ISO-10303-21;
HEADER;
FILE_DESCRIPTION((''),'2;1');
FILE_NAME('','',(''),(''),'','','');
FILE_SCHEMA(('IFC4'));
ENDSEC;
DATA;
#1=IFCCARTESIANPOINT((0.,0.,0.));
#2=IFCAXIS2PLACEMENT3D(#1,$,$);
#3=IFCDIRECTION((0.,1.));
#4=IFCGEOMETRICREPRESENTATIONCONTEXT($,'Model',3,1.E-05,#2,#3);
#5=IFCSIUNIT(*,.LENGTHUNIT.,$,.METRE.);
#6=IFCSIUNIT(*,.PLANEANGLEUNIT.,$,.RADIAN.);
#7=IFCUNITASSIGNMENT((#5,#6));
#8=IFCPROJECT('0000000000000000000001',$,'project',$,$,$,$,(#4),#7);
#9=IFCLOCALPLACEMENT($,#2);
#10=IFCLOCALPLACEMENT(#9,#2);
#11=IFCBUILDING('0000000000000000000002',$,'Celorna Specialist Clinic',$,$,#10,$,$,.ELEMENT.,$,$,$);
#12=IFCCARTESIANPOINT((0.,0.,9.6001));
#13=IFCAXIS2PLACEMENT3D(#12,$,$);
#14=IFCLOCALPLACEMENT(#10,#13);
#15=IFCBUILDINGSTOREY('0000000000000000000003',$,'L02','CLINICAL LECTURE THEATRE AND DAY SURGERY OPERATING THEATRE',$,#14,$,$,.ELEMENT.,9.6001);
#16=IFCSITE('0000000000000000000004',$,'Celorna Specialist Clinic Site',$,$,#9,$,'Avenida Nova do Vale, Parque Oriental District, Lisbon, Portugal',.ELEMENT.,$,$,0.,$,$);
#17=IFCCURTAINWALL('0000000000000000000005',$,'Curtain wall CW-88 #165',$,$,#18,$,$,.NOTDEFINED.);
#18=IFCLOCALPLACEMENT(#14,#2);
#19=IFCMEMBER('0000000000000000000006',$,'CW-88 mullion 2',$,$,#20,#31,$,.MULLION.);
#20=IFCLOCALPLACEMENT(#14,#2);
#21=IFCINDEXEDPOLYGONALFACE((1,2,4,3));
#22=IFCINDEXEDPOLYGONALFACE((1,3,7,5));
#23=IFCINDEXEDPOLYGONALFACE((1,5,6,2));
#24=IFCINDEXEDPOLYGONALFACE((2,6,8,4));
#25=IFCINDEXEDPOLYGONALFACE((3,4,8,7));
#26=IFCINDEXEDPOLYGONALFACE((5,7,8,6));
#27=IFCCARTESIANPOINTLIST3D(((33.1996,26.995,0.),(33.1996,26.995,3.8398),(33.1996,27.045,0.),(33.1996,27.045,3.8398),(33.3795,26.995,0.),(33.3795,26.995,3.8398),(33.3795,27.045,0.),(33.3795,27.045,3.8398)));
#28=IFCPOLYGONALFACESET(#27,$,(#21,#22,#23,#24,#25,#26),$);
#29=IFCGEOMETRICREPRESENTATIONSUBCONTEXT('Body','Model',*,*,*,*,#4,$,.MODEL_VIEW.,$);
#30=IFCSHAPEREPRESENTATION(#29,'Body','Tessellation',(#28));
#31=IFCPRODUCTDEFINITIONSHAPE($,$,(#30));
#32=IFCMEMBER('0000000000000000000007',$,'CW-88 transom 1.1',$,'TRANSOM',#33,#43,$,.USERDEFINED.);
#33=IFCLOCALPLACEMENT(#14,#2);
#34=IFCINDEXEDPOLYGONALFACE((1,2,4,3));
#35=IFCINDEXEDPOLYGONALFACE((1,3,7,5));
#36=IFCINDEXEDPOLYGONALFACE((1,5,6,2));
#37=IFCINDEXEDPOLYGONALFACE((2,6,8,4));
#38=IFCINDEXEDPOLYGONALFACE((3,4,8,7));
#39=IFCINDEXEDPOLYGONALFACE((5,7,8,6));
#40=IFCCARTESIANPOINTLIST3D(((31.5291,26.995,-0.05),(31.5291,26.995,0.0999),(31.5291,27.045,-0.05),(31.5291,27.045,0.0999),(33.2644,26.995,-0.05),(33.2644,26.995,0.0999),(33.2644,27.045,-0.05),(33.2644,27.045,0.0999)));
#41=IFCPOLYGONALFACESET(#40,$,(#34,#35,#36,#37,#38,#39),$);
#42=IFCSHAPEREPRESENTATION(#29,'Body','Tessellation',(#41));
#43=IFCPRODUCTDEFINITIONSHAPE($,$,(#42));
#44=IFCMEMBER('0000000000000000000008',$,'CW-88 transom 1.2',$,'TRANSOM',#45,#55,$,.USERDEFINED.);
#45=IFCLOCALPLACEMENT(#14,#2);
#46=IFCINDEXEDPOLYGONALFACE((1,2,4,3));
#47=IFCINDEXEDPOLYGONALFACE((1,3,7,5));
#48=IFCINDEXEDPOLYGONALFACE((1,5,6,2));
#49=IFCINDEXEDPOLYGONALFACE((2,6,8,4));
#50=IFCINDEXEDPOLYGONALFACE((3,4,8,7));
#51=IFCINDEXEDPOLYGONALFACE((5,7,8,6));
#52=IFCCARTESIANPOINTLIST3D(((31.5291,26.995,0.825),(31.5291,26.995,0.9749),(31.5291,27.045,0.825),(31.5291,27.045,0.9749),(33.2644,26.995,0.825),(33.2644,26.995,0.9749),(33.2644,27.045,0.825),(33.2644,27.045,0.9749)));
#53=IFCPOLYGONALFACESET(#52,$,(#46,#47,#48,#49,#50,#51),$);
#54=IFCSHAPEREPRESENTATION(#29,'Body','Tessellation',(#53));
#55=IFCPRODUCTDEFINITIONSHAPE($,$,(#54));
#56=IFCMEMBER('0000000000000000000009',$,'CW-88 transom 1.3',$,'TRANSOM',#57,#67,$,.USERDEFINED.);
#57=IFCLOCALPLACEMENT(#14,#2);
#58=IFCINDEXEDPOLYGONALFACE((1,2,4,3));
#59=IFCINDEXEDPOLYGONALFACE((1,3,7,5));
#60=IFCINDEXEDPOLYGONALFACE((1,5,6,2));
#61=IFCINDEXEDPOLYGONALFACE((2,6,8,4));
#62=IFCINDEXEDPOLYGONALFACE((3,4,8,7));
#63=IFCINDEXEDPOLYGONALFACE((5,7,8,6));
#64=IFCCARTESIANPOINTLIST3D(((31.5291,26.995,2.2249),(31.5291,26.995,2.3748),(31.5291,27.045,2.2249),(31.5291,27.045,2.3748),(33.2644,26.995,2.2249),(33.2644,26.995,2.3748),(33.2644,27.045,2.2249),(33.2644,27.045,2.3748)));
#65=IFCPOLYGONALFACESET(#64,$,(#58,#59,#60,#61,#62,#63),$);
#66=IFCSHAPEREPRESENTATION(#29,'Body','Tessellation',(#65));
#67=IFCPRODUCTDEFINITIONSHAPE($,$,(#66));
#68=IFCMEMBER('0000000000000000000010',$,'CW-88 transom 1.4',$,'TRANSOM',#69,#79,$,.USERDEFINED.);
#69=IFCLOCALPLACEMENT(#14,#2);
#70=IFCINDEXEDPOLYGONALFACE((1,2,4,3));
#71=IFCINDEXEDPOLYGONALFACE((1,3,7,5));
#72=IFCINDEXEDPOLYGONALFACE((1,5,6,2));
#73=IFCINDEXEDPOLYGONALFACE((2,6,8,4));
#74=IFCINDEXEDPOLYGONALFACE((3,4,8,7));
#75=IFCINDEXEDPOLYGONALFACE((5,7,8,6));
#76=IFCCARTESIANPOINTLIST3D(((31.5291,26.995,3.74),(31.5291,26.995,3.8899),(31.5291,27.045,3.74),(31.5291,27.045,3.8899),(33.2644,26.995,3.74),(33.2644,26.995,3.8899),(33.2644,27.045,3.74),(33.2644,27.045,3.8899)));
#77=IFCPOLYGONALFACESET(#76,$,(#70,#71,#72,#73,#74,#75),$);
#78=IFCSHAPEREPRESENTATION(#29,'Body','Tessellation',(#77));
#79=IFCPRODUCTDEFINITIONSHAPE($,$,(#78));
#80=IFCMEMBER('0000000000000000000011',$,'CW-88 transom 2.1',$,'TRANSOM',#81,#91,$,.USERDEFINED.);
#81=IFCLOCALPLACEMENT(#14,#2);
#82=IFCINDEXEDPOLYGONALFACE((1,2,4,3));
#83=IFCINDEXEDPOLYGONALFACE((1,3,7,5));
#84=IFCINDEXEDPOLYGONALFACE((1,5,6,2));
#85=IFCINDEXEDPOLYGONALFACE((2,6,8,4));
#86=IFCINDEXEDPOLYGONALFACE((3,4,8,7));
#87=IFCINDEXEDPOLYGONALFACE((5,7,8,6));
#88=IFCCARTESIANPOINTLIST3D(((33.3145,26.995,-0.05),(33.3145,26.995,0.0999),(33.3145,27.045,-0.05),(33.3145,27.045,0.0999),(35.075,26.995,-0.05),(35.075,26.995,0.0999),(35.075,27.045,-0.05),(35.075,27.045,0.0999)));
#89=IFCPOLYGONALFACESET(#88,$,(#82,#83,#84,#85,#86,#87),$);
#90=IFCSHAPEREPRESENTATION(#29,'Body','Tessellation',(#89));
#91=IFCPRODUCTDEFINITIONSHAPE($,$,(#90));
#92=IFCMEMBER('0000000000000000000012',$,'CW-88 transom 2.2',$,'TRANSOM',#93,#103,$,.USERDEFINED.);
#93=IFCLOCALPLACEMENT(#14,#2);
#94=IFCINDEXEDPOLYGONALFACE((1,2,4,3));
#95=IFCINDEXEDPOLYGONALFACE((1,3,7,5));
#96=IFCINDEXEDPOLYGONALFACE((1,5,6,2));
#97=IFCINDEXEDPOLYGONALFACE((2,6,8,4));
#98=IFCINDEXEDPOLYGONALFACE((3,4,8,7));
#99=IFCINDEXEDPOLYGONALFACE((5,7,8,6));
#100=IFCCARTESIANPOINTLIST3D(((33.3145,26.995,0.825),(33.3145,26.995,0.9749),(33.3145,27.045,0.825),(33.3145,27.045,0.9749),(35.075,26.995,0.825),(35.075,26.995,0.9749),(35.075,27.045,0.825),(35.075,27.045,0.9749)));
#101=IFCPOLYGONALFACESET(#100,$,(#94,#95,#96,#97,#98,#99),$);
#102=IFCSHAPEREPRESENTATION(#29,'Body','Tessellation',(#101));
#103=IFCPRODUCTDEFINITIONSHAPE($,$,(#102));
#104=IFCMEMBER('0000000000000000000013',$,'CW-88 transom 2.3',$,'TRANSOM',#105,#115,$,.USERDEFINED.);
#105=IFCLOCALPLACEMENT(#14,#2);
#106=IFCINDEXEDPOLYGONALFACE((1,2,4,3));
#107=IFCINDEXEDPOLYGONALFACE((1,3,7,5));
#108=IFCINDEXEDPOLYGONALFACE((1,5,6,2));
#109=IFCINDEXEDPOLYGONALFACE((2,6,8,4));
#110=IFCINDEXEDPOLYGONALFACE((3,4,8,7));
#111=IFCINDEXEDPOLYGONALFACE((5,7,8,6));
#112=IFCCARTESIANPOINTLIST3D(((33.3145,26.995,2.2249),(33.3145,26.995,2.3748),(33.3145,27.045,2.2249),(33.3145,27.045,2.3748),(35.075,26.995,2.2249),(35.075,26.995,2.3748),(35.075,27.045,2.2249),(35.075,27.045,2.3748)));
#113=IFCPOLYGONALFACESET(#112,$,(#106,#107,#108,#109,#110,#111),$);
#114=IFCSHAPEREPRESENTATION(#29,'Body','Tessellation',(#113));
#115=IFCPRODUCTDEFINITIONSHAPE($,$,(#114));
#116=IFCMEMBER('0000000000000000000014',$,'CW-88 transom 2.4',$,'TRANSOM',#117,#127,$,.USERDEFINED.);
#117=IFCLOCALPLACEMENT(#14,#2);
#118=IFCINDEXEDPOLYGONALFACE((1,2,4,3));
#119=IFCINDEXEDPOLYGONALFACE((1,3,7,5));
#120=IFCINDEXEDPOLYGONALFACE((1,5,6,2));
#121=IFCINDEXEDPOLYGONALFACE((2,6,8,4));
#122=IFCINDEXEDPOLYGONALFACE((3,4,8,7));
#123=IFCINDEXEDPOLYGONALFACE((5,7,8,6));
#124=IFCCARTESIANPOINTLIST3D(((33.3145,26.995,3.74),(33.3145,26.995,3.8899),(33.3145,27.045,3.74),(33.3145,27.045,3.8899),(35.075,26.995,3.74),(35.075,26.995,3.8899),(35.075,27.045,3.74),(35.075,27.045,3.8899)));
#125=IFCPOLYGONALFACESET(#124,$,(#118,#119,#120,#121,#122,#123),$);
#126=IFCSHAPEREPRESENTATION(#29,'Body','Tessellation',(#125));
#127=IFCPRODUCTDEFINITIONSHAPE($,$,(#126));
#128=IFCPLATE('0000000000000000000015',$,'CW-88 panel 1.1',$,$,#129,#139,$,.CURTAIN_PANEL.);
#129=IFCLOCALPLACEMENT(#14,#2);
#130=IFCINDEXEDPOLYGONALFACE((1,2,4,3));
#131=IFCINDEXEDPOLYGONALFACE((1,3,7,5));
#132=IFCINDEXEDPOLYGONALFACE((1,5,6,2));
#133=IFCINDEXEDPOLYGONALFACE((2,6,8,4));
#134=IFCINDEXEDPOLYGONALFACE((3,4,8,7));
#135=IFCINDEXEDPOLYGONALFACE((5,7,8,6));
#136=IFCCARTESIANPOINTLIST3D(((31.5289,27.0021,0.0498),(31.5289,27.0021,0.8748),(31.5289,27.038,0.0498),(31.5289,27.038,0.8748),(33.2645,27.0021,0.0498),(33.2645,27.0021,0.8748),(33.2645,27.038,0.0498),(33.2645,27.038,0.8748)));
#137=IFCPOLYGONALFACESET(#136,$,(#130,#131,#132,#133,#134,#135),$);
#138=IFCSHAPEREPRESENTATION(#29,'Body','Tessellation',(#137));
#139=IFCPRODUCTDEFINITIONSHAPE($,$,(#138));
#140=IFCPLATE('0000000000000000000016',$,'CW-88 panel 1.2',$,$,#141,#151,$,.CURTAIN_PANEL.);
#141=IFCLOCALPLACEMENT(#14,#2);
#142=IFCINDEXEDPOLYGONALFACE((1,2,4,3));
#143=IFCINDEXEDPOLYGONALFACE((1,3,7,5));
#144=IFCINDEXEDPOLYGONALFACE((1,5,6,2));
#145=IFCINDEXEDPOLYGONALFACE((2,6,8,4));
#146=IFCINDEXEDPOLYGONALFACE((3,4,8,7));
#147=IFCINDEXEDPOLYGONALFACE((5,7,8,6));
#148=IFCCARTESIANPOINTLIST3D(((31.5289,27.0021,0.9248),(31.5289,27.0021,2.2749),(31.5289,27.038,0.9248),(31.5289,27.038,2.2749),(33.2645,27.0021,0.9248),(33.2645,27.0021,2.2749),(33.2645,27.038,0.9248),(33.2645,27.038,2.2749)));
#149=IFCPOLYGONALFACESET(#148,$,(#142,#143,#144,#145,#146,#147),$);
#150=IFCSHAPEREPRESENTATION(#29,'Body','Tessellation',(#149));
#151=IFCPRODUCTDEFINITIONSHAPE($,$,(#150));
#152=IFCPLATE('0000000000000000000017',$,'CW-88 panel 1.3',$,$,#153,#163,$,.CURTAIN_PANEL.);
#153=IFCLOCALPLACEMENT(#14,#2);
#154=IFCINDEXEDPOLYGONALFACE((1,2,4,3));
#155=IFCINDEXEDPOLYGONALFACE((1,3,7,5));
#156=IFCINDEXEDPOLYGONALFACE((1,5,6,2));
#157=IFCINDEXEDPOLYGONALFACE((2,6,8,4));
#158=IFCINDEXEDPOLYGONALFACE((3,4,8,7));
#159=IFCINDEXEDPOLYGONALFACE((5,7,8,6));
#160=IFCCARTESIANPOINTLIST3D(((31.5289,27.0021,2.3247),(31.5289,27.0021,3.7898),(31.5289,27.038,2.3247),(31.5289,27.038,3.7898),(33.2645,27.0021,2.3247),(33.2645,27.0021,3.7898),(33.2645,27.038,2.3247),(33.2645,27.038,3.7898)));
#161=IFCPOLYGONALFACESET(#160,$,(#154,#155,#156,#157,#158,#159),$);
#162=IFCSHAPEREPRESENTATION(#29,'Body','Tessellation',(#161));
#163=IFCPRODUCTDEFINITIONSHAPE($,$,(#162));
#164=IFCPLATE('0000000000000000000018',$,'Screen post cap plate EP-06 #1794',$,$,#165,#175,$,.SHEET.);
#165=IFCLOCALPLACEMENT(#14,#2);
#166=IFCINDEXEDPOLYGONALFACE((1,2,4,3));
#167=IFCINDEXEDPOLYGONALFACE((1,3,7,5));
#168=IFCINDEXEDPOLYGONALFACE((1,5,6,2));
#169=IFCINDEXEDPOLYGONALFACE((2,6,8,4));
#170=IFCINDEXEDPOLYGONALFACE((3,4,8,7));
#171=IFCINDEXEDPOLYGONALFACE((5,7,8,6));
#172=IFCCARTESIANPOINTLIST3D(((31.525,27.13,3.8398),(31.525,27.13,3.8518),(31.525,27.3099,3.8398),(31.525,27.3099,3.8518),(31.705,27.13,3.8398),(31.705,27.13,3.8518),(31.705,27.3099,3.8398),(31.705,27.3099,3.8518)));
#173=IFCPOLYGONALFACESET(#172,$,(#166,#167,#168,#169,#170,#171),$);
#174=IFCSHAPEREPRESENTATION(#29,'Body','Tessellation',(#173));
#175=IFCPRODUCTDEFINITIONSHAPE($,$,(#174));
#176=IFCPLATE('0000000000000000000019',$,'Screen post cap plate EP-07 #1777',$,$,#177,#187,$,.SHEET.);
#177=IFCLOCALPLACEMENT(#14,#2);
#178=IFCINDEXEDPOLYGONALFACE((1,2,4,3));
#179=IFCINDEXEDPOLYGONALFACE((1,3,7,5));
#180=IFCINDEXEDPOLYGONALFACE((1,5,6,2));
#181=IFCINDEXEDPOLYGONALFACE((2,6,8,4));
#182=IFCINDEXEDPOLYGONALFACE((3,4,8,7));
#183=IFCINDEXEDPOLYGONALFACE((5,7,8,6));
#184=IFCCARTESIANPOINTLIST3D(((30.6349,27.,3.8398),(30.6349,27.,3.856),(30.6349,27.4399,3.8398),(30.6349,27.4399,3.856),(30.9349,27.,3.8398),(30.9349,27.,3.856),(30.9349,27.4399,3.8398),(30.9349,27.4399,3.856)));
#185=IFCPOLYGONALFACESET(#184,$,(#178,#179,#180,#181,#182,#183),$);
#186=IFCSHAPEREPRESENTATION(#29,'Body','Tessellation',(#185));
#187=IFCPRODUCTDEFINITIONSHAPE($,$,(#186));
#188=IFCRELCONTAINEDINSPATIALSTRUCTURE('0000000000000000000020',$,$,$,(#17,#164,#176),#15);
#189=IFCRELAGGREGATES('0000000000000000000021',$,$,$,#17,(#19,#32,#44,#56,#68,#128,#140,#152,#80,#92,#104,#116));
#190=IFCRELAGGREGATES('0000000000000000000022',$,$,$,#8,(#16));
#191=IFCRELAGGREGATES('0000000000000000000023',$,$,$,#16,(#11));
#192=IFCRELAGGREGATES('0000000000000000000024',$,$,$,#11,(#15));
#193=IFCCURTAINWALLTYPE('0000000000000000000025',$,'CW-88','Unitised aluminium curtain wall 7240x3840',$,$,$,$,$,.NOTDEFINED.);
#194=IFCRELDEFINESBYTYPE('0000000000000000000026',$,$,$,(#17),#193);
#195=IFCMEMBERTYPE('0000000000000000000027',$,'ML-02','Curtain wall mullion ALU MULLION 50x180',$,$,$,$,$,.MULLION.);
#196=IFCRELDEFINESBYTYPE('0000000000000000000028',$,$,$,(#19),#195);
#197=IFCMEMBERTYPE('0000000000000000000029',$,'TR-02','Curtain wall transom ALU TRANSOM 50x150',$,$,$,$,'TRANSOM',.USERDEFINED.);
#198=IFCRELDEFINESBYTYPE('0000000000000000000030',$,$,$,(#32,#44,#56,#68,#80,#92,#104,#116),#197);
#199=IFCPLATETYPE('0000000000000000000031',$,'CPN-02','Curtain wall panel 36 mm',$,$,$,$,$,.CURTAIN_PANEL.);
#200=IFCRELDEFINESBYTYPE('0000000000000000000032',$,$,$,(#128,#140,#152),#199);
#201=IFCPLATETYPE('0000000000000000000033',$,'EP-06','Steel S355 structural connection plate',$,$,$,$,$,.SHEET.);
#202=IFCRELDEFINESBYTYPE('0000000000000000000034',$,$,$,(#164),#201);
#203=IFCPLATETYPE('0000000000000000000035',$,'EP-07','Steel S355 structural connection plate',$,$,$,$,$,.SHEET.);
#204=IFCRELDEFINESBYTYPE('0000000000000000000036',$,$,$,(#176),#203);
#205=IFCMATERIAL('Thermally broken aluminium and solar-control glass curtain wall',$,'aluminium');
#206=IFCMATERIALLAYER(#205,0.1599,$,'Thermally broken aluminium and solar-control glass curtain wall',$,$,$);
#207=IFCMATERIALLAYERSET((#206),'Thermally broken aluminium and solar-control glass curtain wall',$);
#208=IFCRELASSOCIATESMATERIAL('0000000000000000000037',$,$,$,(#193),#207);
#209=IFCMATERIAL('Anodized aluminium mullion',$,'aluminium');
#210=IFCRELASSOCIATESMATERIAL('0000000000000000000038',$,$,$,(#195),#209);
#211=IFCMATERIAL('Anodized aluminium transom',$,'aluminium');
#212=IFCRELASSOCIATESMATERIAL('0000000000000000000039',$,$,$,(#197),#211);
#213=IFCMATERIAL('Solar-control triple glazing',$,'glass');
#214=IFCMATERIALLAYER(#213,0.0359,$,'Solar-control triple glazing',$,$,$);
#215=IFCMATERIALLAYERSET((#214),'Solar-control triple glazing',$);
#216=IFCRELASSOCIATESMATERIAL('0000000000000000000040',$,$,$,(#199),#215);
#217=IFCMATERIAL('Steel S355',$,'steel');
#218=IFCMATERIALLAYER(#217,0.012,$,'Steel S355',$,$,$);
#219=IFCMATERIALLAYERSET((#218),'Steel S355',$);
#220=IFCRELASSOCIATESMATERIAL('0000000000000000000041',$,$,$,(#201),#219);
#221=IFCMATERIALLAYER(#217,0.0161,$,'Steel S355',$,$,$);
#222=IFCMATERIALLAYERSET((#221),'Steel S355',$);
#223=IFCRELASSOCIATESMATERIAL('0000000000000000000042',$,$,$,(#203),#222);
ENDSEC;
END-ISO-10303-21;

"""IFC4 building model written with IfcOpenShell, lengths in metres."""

from ifc_helpers import new_model, si_unit, direction, frame, origin, origin_2d, place, context, subcontext, project, spatial, rectangle, extrude, material, layer, layer_set, material_profile, profile_set, type_object, element, aggregate, save


model = new_model("IFC4")

# Units and contexts
model_context = context("Model", 3, precision=1e-05, world=origin(), true_north=direction((0.0, 1.0)))
body_context = subcontext(model_context, "Body", "Model", "MODEL_VIEW")
ifc_project = project(units=[si_unit("LENGTHUNIT", "METRE"), si_unit("PLANEANGLEUNIT", "RADIAN")], contexts=[model_context])

# Site, building, storey
site_placement = place(None, origin())
site = spatial("IfcSite", under=ifc_project, at=site_placement, Name="Celorna Specialist Clinic Site", LongName="Avenida Nova do Vale, Parque Oriental District, Lisbon, Portugal", CompositionType="ELEMENT", RefElevation=0.0)
building_placement = place(site_placement, origin())
building = spatial("IfcBuilding", under=site, at=building_placement, Name="Celorna Specialist Clinic", CompositionType="ELEMENT")
storey_placement = place(building_placement, frame((0.0, 0.0, 9.6001)))
storey = spatial("IfcBuildingStorey", under=building, at=storey_placement, Name="L02", Description="CLINICAL LECTURE THEATRE AND DAY SURGERY OPERATING THEATRE", CompositionType="ELEMENT", Elevation=9.6001)

# Shared definitions
ifc_material_1 = material(Name="Steel S355", Category="steel")

# Shared definitions
ifc_material_2 = material(Name="Thermally broken aluminium and solar-control glass curtain wall", Category="aluminium")
ifc_material_3 = material(Name="Anodized aluminium mullion", Category="aluminium")

# Curtain wall, members, plates
ifc_layer_1 = layer(ifc_material_2, 0.1599, Name="Thermally broken aluminium and solar-control glass curtain wall")
ifc_layer_set_1 = layer_set([ifc_layer_1], Name="Thermally broken aluminium and solar-control glass curtain wall")
curtain_wall_type_1 = type_object("IfcCurtainWallType", Name="CW-88", Description="Unitised aluminium curtain wall 7240x3840", PredefinedType="NOTDEFINED", material=ifc_layer_set_1)
curtain_wall_1_placement = place(storey_placement, origin())
curtain_wall_1 = element("IfcCurtainWall", 1, at=curtain_wall_1_placement, inside=storey, type_object=curtain_wall_type_1, Name="Curtain wall CW-88 #165", PredefinedType="NOTDEFINED")
ifc_material_profile_1 = material_profile(ifc_material_3, rectangle(XDim=0.05, YDim=0.1799, at=origin_2d()), Name="ALU MULLION 50x180")
ifc_profile_set_1 = profile_set([ifc_material_profile_1], Name="Anodized aluminium mullion")
member_type_1 = type_object("IfcMemberType", Name="ML-02", Description="Curtain wall mullion ALU MULLION 50x180", PredefinedType="MULLION", material=ifc_profile_set_1)
member_1_placement = place(storey_placement, frame((33.2896, 27.02, 0.0), z_axis=(0.0, 0.0, 1.0), x_axis=(0.0, 1.0, 0.0)))
member_1 = element("IfcMember", 2, at=member_1_placement, type_object=member_type_1, Name="CW-88 mullion 2", PredefinedType="MULLION", context=body_context, shape_type="SweptSolid", body=[
    extrude(rectangle(XDim=0.05, YDim=0.1799, at=origin_2d()), origin(), (0.0, 0.0, 1.0), 3.8398),
])
ifc_material_4 = material(Name="Anodized aluminium transom", Category="aluminium")
ifc_material_profile_2 = material_profile(ifc_material_4, rectangle(XDim=0.05, YDim=0.1499, at=origin_2d()), Name="ALU TRANSOM 50x150")
ifc_profile_set_2 = profile_set([ifc_material_profile_2], Name="Anodized aluminium transom")
member_type_2 = type_object("IfcMemberType", Name="TR-02", Description="Curtain wall transom ALU TRANSOM 50x150", ElementType="TRANSOM", PredefinedType="USERDEFINED", material=ifc_profile_set_2)
member_2_placement = place(storey_placement, frame((31.5291, 27.02, 0.0249), z_axis=(1.0, 0.0, 0.0), x_axis=(0.0, 1.0, 0.0)))
member_2 = element("IfcMember", 3, at=member_2_placement, type_object=member_type_2, Name="CW-88 transom 1.1", ObjectType="TRANSOM", PredefinedType="USERDEFINED", context=body_context, shape_type="SweptSolid", body=[
    extrude(rectangle(XDim=0.05, YDim=0.1499, at=origin_2d()), origin(), (0.0, 0.0, 1.0), 1.7354),
])
member_3_placement = place(storey_placement, frame((31.5291, 27.02, 0.8999), z_axis=(1.0, 0.0, 0.0), x_axis=(0.0, 1.0, 0.0)))
member_3 = element("IfcMember", 4, at=member_3_placement, type_object=member_type_2, Name="CW-88 transom 1.2", ObjectType="TRANSOM", PredefinedType="USERDEFINED", context=body_context, shape_type="SweptSolid", body=[
    extrude(rectangle(XDim=0.05, YDim=0.1499, at=origin_2d()), origin(), (0.0, 0.0, 1.0), 1.7354),
])
member_4_placement = place(storey_placement, frame((31.5291, 27.02, 2.2998), z_axis=(1.0, 0.0, 0.0), x_axis=(0.0, 1.0, 0.0)))
member_4 = element("IfcMember", 5, at=member_4_placement, type_object=member_type_2, Name="CW-88 transom 1.3", ObjectType="TRANSOM", PredefinedType="USERDEFINED", context=body_context, shape_type="SweptSolid", body=[
    extrude(rectangle(XDim=0.05, YDim=0.1499, at=origin_2d()), origin(), (0.0, 0.0, 1.0), 1.7354),
])
member_5_placement = place(storey_placement, frame((31.5291, 27.02, 3.8149), z_axis=(1.0, 0.0, 0.0), x_axis=(0.0, 1.0, 0.0)))
member_5 = element("IfcMember", 6, at=member_5_placement, type_object=member_type_2, Name="CW-88 transom 1.4", ObjectType="TRANSOM", PredefinedType="USERDEFINED", context=body_context, shape_type="SweptSolid", body=[
    extrude(rectangle(XDim=0.05, YDim=0.1499, at=origin_2d()), origin(), (0.0, 0.0, 1.0), 1.7354),
])
member_6_placement = place(storey_placement, frame((33.3145, 27.02, 0.0249), z_axis=(1.0, 0.0, 0.0), x_axis=(0.0, 1.0, 0.0)))
member_6 = element("IfcMember", 7, at=member_6_placement, type_object=member_type_2, Name="CW-88 transom 2.1", ObjectType="TRANSOM", PredefinedType="USERDEFINED", context=body_context, shape_type="SweptSolid", body=[
    extrude(rectangle(XDim=0.05, YDim=0.1499, at=origin_2d()), origin(), (0.0, 0.0, 1.0), 1.7605),
])
member_7_placement = place(storey_placement, frame((33.3145, 27.02, 0.8999), z_axis=(1.0, 0.0, 0.0), x_axis=(0.0, 1.0, 0.0)))
member_7 = element("IfcMember", 8, at=member_7_placement, type_object=member_type_2, Name="CW-88 transom 2.2", ObjectType="TRANSOM", PredefinedType="USERDEFINED", context=body_context, shape_type="SweptSolid", body=[
    extrude(rectangle(XDim=0.05, YDim=0.1499, at=origin_2d()), origin(), (0.0, 0.0, 1.0), 1.7605),
])
member_8_placement = place(storey_placement, frame((33.3145, 27.02, 2.2998), z_axis=(1.0, 0.0, 0.0), x_axis=(0.0, 1.0, 0.0)))
member_8 = element("IfcMember", 9, at=member_8_placement, type_object=member_type_2, Name="CW-88 transom 2.3", ObjectType="TRANSOM", PredefinedType="USERDEFINED", context=body_context, shape_type="SweptSolid", body=[
    extrude(rectangle(XDim=0.05, YDim=0.1499, at=origin_2d()), origin(), (0.0, 0.0, 1.0), 1.7605),
])
member_9_placement = place(storey_placement, frame((33.3145, 27.02, 3.8149), z_axis=(1.0, 0.0, 0.0), x_axis=(0.0, 1.0, 0.0)))
member_9 = element("IfcMember", 10, at=member_9_placement, type_object=member_type_2, Name="CW-88 transom 2.4", ObjectType="TRANSOM", PredefinedType="USERDEFINED", context=body_context, shape_type="SweptSolid", body=[
    extrude(rectangle(XDim=0.05, YDim=0.1499, at=origin_2d()), origin(), (0.0, 0.0, 1.0), 1.7605),
])
ifc_material_5 = material(Name="Solar-control triple glazing", Category="glass")
ifc_layer_2 = layer(ifc_material_5, 0.0359, Name="Solar-control triple glazing")
ifc_layer_set_2 = layer_set([ifc_layer_2], Name="Solar-control triple glazing")
plate_type_1 = type_object("IfcPlateType", Name="CPN-02", Description="Curtain wall panel 36 mm", PredefinedType="CURTAIN_PANEL", material=ifc_layer_set_2)
plate_1_placement = place(storey_placement, frame((32.3967, 27.02, 0.0498), z_axis=(0.0, 0.0, 1.0), x_axis=(1.0, 0.0, 0.0)))
plate_1 = element("IfcPlate", 11, at=plate_1_placement, type_object=plate_type_1, Name="CW-88 panel 1.1", PredefinedType="CURTAIN_PANEL", context=body_context, shape_type="SweptSolid", body=[
    extrude(rectangle(XDim=1.7356, YDim=0.0359, at=origin_2d()), origin(), (0.0, 0.0, 1.0), 0.825),
])
plate_2_placement = place(storey_placement, frame((32.3967, 27.02, 0.9248), z_axis=(0.0, 0.0, 1.0), x_axis=(1.0, 0.0, 0.0)))
plate_2 = element("IfcPlate", 12, at=plate_2_placement, type_object=plate_type_1, Name="CW-88 panel 1.2", PredefinedType="CURTAIN_PANEL", context=body_context, shape_type="SweptSolid", body=[
    extrude(rectangle(XDim=1.7356, YDim=0.0359, at=origin_2d()), origin(), (0.0, 0.0, 1.0), 1.3501),
])
plate_3_placement = place(storey_placement, frame((32.3967, 27.02, 2.3247), z_axis=(0.0, 0.0, 1.0), x_axis=(1.0, 0.0, 0.0)))
plate_3 = element("IfcPlate", 13, at=plate_3_placement, type_object=plate_type_1, Name="CW-88 panel 1.3", PredefinedType="CURTAIN_PANEL", context=body_context, shape_type="SweptSolid", body=[
    extrude(rectangle(XDim=1.7356, YDim=0.0359, at=origin_2d()), origin(), (0.0, 0.0, 1.0), 1.4651),
])
aggregate(curtain_wall_1, [member_1, member_2, member_3, member_4, member_5, plate_1, plate_2, plate_3, member_6, member_7, member_8, member_9])

# Plates
ifc_layer_3 = layer(ifc_material_1, 0.012, Name="Steel S355")
ifc_layer_set_3 = layer_set([ifc_layer_3], Name="Steel S355")
plate_type_2 = type_object("IfcPlateType", Name="EP-06", Description="Steel S355 structural connection plate", PredefinedType="SHEET", material=ifc_layer_set_3)
plate_4_placement = place(storey_placement, frame((31.615, 27.22, 3.8398), z_axis=(0.0, 0.0, 1.0), x_axis=(1.0, 0.0, 0.0)))
element("IfcPlate", 14, at=plate_4_placement, inside=storey, type_object=plate_type_2, Name="Screen post cap plate EP-06 #1794", PredefinedType="SHEET", context=body_context, shape_type="SweptSolid", body=[
    extrude(rectangle(XDim=0.1799, YDim=0.1799, at=origin_2d()), origin(), (0.0, 0.0, 1.0), 0.012),
])
ifc_layer_4 = layer(ifc_material_1, 0.0161, Name="Steel S355")
ifc_layer_set_4 = layer_set([ifc_layer_4], Name="Steel S355")
plate_type_3 = type_object("IfcPlateType", Name="EP-07", Description="Steel S355 structural connection plate", PredefinedType="SHEET", material=ifc_layer_set_4)
for number, where, z_axis, x_axis, name in (
    (15, (30.7849, 27.22, 3.8398), (0.0, 0.0, 1.0), (1.0, 0.0, 0.0), "Screen post cap plate EP-07 #1777"),
):
    element("IfcPlate", number, at=place(storey_placement, frame(where, z_axis=z_axis, x_axis=x_axis)), inside=storey, type_object=plate_type_3, Name=name, PredefinedType="SHEET", context=body_context, shape_type="SweptSolid", body=[
        extrude(rectangle(XDim=0.3, YDim=0.4399, at=origin_2d()), origin(), (0.0, 0.0, 1.0), 0.0161),
    ])

save(model, "model.ifc")
